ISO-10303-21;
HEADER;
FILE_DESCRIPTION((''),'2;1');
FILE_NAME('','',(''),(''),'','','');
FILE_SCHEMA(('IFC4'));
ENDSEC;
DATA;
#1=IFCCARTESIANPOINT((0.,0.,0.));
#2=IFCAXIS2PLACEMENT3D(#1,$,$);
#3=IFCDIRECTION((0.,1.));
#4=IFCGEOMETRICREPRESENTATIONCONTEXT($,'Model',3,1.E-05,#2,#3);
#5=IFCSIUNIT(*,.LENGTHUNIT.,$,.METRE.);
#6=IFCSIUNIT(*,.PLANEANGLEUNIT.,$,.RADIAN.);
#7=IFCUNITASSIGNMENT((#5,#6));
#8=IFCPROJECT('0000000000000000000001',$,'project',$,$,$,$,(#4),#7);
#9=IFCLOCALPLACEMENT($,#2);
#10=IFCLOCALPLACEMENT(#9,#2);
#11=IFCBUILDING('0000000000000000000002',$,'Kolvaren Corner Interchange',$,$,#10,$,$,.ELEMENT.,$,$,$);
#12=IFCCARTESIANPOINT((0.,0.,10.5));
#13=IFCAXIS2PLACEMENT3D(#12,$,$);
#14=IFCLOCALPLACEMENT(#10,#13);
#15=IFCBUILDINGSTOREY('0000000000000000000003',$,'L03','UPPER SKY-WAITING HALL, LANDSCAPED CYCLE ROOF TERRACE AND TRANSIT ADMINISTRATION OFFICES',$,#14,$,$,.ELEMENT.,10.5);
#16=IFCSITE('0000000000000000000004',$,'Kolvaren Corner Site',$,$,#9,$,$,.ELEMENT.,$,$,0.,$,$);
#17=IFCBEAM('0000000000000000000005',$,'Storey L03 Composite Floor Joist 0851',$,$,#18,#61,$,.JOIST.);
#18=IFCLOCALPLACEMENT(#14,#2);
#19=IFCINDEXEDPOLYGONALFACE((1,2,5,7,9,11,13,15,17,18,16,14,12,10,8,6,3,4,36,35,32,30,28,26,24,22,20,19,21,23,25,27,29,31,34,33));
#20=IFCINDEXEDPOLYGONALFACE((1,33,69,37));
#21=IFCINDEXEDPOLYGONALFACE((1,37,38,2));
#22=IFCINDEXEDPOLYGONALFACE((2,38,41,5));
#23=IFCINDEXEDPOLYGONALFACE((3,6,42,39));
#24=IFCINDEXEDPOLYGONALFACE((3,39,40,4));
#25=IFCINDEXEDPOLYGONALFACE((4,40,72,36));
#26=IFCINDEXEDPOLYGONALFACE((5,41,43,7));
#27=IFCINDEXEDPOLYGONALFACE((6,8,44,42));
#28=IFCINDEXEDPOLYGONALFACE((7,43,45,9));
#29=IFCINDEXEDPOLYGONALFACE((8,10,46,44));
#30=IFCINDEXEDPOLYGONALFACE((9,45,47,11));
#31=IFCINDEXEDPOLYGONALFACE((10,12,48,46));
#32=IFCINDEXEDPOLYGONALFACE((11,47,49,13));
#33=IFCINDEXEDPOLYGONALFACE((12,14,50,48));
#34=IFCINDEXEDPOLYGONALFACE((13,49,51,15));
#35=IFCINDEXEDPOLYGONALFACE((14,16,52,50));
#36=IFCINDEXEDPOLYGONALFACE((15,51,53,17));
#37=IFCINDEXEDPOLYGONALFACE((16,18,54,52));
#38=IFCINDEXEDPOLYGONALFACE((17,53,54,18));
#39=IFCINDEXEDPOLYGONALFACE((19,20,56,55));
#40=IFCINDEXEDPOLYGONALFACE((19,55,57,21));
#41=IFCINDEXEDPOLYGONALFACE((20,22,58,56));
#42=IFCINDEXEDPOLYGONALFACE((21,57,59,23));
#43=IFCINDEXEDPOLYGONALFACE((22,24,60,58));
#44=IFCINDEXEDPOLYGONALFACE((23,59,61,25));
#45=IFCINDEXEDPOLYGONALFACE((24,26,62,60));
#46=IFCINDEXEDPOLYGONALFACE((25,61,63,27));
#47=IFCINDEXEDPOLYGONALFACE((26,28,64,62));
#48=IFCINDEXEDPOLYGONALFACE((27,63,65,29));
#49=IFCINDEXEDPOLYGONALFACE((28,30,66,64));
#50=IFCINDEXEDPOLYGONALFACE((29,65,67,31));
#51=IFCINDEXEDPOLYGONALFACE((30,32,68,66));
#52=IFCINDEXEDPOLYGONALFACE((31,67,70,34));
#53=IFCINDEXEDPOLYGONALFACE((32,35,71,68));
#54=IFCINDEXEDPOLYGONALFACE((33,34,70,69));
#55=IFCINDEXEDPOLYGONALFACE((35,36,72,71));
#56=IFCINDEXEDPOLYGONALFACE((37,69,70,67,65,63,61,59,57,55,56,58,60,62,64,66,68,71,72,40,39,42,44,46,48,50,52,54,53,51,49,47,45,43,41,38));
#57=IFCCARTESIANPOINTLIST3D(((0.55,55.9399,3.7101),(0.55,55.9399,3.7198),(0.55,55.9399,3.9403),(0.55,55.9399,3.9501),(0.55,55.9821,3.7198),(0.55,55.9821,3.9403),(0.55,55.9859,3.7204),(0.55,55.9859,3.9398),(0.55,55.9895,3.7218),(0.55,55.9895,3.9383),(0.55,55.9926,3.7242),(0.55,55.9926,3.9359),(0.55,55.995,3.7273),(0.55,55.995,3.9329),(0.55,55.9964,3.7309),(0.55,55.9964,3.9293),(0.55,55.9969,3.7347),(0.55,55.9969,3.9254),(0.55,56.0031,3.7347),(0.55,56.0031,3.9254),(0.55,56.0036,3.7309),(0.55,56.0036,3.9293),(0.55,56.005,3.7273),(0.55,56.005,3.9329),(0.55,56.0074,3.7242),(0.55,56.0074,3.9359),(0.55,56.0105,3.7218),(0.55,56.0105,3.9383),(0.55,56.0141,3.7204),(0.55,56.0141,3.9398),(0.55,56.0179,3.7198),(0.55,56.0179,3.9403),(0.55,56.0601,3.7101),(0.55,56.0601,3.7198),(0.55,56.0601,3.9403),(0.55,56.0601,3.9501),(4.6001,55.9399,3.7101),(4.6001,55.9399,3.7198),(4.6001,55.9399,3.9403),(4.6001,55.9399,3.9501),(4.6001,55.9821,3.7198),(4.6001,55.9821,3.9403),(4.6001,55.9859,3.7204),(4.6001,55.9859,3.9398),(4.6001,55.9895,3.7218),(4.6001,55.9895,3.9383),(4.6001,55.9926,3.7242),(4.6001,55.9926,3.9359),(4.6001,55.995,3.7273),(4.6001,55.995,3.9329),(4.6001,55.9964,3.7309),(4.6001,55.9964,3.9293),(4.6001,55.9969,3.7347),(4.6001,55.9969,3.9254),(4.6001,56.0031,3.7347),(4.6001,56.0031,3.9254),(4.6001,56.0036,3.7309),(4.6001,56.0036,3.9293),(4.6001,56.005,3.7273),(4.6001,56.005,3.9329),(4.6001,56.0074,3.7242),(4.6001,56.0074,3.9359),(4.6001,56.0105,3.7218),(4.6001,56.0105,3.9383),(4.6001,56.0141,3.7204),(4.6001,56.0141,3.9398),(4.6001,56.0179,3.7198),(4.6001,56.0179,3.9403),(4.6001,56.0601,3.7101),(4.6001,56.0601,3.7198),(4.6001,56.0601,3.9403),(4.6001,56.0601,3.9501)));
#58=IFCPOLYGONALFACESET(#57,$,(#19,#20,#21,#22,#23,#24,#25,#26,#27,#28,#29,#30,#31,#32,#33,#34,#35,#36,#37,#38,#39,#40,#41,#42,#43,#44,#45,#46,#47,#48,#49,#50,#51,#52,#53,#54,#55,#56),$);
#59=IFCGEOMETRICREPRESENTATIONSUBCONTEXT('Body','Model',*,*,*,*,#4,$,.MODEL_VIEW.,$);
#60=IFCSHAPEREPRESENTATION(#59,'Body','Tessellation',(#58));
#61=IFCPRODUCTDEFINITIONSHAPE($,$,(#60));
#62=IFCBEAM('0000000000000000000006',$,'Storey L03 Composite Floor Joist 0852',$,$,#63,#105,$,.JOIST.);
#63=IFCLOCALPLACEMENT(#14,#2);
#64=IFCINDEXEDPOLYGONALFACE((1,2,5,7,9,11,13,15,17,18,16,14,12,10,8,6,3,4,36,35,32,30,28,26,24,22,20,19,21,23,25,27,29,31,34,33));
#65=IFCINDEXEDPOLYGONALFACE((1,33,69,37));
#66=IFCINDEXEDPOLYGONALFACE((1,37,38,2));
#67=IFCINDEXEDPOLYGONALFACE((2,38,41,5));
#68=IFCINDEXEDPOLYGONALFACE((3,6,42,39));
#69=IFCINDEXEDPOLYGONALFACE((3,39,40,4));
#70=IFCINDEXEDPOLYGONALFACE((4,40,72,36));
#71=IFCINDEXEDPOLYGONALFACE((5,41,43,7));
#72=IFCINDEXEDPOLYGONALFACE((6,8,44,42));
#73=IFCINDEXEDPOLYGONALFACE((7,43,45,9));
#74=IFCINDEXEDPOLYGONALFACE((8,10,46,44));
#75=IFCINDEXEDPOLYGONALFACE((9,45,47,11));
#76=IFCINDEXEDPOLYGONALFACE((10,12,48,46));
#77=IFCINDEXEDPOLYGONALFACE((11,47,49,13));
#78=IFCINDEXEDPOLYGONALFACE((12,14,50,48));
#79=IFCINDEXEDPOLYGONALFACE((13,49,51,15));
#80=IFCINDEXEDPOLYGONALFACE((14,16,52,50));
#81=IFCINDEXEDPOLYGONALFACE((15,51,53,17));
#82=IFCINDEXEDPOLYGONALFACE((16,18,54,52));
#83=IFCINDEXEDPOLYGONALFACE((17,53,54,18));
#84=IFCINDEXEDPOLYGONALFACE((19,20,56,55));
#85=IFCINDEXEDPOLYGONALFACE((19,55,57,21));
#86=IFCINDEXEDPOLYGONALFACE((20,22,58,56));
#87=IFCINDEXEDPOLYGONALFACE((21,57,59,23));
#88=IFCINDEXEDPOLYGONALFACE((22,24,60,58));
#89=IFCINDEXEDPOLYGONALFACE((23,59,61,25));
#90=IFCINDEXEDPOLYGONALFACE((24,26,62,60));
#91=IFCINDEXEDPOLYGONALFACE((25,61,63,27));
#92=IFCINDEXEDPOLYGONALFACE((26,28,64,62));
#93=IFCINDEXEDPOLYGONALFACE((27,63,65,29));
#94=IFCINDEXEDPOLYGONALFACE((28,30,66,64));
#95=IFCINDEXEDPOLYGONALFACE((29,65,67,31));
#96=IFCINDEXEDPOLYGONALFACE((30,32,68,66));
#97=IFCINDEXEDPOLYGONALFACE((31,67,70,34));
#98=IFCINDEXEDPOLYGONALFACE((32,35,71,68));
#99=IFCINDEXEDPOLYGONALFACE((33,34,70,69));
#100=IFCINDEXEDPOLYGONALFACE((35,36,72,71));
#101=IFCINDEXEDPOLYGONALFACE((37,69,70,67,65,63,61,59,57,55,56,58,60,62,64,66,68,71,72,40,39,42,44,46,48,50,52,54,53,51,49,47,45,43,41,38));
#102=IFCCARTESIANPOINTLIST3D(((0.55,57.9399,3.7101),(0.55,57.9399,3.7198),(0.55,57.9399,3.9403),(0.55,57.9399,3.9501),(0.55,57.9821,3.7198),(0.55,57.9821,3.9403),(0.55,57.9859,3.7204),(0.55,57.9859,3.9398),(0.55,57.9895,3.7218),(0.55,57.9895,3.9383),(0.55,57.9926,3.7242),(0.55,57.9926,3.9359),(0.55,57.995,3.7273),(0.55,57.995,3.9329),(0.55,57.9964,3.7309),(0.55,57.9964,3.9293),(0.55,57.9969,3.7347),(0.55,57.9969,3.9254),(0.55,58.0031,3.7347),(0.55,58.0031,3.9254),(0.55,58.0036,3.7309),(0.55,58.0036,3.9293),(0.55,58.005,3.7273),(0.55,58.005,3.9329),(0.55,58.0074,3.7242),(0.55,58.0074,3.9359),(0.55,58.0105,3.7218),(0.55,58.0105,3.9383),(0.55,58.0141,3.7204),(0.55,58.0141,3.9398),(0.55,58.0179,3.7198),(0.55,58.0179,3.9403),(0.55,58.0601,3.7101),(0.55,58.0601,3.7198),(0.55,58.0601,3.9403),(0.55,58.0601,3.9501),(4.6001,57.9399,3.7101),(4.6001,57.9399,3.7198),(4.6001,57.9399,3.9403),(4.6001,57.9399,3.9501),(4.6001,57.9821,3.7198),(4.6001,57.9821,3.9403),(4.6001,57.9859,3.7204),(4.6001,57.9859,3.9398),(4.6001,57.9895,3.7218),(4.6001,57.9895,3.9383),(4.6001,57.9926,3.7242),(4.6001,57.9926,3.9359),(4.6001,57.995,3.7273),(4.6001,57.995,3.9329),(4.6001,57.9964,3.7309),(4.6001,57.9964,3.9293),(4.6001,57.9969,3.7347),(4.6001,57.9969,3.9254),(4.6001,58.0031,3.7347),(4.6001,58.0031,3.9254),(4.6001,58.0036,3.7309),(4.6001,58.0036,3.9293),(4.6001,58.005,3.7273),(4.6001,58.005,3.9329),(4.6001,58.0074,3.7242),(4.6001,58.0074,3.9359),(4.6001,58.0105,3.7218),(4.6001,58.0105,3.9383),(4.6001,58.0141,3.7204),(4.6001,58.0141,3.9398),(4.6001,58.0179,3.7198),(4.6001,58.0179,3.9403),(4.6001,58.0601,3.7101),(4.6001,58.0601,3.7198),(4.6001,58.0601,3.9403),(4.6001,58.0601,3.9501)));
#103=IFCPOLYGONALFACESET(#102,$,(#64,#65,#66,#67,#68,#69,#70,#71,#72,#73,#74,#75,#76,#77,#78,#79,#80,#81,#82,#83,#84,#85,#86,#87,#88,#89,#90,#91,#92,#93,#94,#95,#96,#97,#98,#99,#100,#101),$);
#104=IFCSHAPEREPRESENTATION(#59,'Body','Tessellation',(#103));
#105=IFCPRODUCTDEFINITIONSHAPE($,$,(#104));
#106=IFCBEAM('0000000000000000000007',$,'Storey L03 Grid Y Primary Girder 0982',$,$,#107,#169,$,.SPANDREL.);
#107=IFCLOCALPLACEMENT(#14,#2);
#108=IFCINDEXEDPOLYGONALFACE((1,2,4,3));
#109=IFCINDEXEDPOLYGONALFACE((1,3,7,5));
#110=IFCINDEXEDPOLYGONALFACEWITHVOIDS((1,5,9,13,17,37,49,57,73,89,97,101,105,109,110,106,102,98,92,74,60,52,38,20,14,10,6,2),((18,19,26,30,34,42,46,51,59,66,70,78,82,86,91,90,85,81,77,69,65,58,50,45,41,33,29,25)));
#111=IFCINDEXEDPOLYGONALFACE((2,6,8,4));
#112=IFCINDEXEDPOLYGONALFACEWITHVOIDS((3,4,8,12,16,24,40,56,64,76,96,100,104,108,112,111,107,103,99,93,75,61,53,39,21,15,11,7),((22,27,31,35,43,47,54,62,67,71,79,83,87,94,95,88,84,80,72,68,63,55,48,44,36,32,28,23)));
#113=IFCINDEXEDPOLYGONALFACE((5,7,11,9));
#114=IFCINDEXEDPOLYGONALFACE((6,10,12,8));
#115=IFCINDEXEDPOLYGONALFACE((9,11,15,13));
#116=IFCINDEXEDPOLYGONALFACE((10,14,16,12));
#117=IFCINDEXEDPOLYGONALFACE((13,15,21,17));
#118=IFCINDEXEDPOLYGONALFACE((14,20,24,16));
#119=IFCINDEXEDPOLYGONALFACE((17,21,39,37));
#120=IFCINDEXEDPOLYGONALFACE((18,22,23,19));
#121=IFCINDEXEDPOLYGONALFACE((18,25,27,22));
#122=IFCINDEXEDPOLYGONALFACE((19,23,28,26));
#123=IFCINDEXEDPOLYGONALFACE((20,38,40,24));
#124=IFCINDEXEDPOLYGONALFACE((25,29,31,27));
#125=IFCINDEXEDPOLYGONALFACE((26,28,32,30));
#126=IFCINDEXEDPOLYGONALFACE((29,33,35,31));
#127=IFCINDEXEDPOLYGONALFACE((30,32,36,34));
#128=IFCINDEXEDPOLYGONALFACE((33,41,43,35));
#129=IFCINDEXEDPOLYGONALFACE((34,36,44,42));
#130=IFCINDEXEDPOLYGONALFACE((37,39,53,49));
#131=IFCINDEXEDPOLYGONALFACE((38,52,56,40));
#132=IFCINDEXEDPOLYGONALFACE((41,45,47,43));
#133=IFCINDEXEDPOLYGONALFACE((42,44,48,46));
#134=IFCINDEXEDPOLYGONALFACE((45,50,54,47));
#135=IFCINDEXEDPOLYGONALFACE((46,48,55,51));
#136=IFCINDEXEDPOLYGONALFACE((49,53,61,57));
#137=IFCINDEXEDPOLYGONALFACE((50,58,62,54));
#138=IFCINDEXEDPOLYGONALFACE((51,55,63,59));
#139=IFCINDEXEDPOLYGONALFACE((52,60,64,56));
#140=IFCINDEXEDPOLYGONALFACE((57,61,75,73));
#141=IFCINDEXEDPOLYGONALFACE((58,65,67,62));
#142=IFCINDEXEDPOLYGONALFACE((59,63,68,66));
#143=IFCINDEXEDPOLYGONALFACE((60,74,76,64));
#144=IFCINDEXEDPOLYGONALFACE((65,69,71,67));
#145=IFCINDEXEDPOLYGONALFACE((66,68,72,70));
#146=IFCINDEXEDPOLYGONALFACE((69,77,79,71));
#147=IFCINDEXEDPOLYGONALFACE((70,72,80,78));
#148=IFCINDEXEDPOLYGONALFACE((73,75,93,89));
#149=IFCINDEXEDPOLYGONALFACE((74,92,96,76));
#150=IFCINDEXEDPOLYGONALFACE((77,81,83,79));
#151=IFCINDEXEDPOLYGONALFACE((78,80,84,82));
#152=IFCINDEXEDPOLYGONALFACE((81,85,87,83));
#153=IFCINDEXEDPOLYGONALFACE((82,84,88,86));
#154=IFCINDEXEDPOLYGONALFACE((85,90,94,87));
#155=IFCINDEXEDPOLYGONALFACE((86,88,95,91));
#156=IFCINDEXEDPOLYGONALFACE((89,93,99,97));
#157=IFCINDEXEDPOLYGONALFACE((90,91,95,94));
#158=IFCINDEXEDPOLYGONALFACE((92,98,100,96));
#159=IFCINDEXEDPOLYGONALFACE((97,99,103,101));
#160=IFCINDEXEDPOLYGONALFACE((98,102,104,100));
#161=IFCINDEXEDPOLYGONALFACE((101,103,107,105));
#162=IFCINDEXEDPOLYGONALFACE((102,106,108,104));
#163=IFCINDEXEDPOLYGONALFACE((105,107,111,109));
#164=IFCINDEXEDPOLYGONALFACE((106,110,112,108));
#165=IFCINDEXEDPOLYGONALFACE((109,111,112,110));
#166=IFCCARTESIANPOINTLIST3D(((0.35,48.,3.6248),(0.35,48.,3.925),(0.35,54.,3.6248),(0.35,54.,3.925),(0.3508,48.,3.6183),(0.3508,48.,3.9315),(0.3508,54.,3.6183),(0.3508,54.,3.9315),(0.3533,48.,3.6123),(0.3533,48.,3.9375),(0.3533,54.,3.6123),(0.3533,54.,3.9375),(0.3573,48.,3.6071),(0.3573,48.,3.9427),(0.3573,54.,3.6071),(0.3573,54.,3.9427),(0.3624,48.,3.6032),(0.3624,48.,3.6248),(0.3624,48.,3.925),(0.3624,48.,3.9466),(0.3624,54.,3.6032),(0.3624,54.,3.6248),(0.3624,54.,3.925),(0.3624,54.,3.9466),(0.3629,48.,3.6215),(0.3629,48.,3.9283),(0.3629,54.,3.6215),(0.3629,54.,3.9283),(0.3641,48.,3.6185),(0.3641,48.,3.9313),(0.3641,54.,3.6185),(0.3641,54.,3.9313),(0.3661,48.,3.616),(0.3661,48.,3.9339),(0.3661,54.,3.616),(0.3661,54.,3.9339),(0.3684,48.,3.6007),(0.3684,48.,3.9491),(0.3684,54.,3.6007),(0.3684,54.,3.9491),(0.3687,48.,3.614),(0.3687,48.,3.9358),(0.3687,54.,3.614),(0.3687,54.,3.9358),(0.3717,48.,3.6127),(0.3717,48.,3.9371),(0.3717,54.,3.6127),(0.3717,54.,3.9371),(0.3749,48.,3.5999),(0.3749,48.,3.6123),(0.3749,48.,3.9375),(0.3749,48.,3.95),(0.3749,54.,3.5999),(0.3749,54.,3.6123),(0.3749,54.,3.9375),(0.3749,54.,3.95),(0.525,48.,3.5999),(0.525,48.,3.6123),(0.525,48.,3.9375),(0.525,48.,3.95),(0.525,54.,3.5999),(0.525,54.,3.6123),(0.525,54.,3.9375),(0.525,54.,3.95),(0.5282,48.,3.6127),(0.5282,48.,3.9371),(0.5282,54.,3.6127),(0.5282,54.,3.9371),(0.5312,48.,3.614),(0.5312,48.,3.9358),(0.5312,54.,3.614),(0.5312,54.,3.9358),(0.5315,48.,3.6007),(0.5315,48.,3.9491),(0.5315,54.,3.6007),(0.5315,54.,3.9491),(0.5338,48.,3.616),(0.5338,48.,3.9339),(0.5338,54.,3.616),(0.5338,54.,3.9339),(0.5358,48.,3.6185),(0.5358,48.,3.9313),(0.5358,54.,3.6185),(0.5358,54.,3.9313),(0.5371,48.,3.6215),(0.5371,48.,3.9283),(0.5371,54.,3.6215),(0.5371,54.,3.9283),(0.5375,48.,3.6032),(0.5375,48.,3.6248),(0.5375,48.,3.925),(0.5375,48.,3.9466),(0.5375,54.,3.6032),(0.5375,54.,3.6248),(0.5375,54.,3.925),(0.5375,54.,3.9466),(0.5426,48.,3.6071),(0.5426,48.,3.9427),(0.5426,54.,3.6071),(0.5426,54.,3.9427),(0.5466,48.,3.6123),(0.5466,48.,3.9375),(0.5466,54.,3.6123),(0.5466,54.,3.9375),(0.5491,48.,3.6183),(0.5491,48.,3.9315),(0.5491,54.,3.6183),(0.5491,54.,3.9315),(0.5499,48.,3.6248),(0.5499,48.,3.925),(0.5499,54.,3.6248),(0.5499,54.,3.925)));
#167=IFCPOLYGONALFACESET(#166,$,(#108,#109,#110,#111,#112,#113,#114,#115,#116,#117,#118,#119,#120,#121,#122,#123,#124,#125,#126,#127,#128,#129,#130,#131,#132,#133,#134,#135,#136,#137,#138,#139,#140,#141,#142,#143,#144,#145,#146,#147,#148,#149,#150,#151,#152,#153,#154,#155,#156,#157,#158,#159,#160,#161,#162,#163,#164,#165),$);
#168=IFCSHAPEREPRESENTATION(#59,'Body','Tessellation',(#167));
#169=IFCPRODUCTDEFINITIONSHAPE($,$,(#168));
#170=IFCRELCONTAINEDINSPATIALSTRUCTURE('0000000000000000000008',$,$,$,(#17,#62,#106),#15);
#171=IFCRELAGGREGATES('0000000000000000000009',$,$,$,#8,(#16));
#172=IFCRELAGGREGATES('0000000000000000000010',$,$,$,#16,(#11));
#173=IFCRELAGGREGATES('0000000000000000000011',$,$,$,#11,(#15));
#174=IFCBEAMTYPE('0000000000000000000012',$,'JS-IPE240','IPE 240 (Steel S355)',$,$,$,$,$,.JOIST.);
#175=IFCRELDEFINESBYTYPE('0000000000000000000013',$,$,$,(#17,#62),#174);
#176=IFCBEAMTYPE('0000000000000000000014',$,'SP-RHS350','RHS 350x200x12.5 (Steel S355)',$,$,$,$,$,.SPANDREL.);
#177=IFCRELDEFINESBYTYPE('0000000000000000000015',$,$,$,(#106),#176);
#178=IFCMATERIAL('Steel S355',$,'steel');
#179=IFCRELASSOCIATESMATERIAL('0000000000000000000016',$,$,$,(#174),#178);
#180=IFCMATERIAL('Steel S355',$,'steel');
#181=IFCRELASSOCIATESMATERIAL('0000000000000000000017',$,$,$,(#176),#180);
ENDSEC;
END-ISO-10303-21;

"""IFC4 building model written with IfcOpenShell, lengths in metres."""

from ifc_helpers import new_model, si_unit, direction, frame, origin, origin_2d, place, context, subcontext, project, spatial, hollow_rectangle, i_section, extrude, material, material_profile, profile_set, type_object, element, save


model = new_model("IFC4")

# Units and contexts
model_context = context("Model", 3, precision=1e-05, world=origin(), true_north=direction((0.0, 1.0)))
body_context = subcontext(model_context, "Body", "Model", "MODEL_VIEW")
ifc_project = project(units=[si_unit("LENGTHUNIT", "METRE"), si_unit("PLANEANGLEUNIT", "RADIAN")], contexts=[model_context])

# Site, building, storey
site_placement = place(None, origin())
site = spatial("IfcSite", under=ifc_project, at=site_placement, Name="Kolvaren Corner Site", CompositionType="ELEMENT", RefElevation=0.0)
building_placement = place(site_placement, origin())
building = spatial("IfcBuilding", under=site, at=building_placement, Name="Kolvaren Corner Interchange", CompositionType="ELEMENT")
storey_placement = place(building_placement, frame((0.0, 0.0, 10.5)))
storey = spatial("IfcBuildingStorey", under=building, at=storey_placement, Name="L03", Description="UPPER SKY-WAITING HALL, LANDSCAPED CYCLE ROOF TERRACE AND TRANSIT ADMINISTRATION OFFICES", CompositionType="ELEMENT", Elevation=10.5)

# Beams
ifc_material_1 = material(Name="Steel S355", Category="steel")
ifc_material_profile_1 = material_profile(ifc_material_1, i_section(OverallWidth=0.1201, OverallDepth=0.24, WebThickness=0.0061, FlangeThickness=0.0098, FilletRadius=0.0149, at=origin_2d()), Name="IPE 240")
ifc_profile_set_1 = profile_set([ifc_material_profile_1], Name="Steel S355")
beam_type_1 = type_object("IfcBeamType", Name="JS-IPE240", Description="IPE 240 (Steel S355)", PredefinedType="JOIST", material=ifc_profile_set_1)
for number, where, z_axis, x_axis, name in (
    (1, (0.55, 56.0, 3.8301), (1.0, 0.0, 0.0), (0.0, 1.0, 0.0), "Storey L03 Composite Floor Joist 0851"),
    (2, (0.55, 58.0, 3.8301), (1.0, 0.0, 0.0), (0.0, 1.0, 0.0), "Storey L03 Composite Floor Joist 0852"),
):
    element("IfcBeam", number, at=place(storey_placement, frame(where, z_axis=z_axis, x_axis=x_axis)), inside=storey, type_object=beam_type_1, Name=name, PredefinedType="JOIST", context=body_context, shape_type="SweptSolid", body=[
        extrude(i_section(OverallWidth=0.1201, OverallDepth=0.24, WebThickness=0.0061, FlangeThickness=0.0098, FilletRadius=0.0149, at=origin_2d()), origin(), (0.0, 0.0, 1.0), 4.05),
    ])
ifc_material_2 = material(Name="Steel S355", Category="steel")
ifc_material_profile_2 = material_profile(ifc_material_2, hollow_rectangle(XDim=0.2, YDim=0.3501, WallThickness=0.0125, InnerFilletRadius=0.0125, OuterFilletRadius=0.0249, at=origin_2d()), Name="RHS 350x200x12.5")
ifc_profile_set_2 = profile_set([ifc_material_profile_2], Name="Steel S355")
beam_type_2 = type_object("IfcBeamType", Name="SP-RHS350", Description="RHS 350x200x12.5 (Steel S355)", PredefinedType="SPANDREL", material=ifc_profile_set_2)
for number, where, z_axis, x_axis, name in (
    (3, (0.45, 48.0, 3.7749), (0.0, 1.0, 0.0), (-1.0, 0.0, 0.0), "Storey L03 Grid Y Primary Girder 0982"),
):
    element("IfcBeam", number, at=place(storey_placement, frame(where, z_axis=z_axis, x_axis=x_axis)), inside=storey, type_object=beam_type_2, Name=name, PredefinedType="SPANDREL", context=body_context, shape_type="SweptSolid", body=[
        extrude(hollow_rectangle(XDim=0.2, YDim=0.3501, WallThickness=0.0125, InnerFilletRadius=0.0125, OuterFilletRadius=0.0249, at=origin_2d()), origin(), (0.0, 0.0, 1.0), 6.0),
    ])

save(model, "model.ifc")
